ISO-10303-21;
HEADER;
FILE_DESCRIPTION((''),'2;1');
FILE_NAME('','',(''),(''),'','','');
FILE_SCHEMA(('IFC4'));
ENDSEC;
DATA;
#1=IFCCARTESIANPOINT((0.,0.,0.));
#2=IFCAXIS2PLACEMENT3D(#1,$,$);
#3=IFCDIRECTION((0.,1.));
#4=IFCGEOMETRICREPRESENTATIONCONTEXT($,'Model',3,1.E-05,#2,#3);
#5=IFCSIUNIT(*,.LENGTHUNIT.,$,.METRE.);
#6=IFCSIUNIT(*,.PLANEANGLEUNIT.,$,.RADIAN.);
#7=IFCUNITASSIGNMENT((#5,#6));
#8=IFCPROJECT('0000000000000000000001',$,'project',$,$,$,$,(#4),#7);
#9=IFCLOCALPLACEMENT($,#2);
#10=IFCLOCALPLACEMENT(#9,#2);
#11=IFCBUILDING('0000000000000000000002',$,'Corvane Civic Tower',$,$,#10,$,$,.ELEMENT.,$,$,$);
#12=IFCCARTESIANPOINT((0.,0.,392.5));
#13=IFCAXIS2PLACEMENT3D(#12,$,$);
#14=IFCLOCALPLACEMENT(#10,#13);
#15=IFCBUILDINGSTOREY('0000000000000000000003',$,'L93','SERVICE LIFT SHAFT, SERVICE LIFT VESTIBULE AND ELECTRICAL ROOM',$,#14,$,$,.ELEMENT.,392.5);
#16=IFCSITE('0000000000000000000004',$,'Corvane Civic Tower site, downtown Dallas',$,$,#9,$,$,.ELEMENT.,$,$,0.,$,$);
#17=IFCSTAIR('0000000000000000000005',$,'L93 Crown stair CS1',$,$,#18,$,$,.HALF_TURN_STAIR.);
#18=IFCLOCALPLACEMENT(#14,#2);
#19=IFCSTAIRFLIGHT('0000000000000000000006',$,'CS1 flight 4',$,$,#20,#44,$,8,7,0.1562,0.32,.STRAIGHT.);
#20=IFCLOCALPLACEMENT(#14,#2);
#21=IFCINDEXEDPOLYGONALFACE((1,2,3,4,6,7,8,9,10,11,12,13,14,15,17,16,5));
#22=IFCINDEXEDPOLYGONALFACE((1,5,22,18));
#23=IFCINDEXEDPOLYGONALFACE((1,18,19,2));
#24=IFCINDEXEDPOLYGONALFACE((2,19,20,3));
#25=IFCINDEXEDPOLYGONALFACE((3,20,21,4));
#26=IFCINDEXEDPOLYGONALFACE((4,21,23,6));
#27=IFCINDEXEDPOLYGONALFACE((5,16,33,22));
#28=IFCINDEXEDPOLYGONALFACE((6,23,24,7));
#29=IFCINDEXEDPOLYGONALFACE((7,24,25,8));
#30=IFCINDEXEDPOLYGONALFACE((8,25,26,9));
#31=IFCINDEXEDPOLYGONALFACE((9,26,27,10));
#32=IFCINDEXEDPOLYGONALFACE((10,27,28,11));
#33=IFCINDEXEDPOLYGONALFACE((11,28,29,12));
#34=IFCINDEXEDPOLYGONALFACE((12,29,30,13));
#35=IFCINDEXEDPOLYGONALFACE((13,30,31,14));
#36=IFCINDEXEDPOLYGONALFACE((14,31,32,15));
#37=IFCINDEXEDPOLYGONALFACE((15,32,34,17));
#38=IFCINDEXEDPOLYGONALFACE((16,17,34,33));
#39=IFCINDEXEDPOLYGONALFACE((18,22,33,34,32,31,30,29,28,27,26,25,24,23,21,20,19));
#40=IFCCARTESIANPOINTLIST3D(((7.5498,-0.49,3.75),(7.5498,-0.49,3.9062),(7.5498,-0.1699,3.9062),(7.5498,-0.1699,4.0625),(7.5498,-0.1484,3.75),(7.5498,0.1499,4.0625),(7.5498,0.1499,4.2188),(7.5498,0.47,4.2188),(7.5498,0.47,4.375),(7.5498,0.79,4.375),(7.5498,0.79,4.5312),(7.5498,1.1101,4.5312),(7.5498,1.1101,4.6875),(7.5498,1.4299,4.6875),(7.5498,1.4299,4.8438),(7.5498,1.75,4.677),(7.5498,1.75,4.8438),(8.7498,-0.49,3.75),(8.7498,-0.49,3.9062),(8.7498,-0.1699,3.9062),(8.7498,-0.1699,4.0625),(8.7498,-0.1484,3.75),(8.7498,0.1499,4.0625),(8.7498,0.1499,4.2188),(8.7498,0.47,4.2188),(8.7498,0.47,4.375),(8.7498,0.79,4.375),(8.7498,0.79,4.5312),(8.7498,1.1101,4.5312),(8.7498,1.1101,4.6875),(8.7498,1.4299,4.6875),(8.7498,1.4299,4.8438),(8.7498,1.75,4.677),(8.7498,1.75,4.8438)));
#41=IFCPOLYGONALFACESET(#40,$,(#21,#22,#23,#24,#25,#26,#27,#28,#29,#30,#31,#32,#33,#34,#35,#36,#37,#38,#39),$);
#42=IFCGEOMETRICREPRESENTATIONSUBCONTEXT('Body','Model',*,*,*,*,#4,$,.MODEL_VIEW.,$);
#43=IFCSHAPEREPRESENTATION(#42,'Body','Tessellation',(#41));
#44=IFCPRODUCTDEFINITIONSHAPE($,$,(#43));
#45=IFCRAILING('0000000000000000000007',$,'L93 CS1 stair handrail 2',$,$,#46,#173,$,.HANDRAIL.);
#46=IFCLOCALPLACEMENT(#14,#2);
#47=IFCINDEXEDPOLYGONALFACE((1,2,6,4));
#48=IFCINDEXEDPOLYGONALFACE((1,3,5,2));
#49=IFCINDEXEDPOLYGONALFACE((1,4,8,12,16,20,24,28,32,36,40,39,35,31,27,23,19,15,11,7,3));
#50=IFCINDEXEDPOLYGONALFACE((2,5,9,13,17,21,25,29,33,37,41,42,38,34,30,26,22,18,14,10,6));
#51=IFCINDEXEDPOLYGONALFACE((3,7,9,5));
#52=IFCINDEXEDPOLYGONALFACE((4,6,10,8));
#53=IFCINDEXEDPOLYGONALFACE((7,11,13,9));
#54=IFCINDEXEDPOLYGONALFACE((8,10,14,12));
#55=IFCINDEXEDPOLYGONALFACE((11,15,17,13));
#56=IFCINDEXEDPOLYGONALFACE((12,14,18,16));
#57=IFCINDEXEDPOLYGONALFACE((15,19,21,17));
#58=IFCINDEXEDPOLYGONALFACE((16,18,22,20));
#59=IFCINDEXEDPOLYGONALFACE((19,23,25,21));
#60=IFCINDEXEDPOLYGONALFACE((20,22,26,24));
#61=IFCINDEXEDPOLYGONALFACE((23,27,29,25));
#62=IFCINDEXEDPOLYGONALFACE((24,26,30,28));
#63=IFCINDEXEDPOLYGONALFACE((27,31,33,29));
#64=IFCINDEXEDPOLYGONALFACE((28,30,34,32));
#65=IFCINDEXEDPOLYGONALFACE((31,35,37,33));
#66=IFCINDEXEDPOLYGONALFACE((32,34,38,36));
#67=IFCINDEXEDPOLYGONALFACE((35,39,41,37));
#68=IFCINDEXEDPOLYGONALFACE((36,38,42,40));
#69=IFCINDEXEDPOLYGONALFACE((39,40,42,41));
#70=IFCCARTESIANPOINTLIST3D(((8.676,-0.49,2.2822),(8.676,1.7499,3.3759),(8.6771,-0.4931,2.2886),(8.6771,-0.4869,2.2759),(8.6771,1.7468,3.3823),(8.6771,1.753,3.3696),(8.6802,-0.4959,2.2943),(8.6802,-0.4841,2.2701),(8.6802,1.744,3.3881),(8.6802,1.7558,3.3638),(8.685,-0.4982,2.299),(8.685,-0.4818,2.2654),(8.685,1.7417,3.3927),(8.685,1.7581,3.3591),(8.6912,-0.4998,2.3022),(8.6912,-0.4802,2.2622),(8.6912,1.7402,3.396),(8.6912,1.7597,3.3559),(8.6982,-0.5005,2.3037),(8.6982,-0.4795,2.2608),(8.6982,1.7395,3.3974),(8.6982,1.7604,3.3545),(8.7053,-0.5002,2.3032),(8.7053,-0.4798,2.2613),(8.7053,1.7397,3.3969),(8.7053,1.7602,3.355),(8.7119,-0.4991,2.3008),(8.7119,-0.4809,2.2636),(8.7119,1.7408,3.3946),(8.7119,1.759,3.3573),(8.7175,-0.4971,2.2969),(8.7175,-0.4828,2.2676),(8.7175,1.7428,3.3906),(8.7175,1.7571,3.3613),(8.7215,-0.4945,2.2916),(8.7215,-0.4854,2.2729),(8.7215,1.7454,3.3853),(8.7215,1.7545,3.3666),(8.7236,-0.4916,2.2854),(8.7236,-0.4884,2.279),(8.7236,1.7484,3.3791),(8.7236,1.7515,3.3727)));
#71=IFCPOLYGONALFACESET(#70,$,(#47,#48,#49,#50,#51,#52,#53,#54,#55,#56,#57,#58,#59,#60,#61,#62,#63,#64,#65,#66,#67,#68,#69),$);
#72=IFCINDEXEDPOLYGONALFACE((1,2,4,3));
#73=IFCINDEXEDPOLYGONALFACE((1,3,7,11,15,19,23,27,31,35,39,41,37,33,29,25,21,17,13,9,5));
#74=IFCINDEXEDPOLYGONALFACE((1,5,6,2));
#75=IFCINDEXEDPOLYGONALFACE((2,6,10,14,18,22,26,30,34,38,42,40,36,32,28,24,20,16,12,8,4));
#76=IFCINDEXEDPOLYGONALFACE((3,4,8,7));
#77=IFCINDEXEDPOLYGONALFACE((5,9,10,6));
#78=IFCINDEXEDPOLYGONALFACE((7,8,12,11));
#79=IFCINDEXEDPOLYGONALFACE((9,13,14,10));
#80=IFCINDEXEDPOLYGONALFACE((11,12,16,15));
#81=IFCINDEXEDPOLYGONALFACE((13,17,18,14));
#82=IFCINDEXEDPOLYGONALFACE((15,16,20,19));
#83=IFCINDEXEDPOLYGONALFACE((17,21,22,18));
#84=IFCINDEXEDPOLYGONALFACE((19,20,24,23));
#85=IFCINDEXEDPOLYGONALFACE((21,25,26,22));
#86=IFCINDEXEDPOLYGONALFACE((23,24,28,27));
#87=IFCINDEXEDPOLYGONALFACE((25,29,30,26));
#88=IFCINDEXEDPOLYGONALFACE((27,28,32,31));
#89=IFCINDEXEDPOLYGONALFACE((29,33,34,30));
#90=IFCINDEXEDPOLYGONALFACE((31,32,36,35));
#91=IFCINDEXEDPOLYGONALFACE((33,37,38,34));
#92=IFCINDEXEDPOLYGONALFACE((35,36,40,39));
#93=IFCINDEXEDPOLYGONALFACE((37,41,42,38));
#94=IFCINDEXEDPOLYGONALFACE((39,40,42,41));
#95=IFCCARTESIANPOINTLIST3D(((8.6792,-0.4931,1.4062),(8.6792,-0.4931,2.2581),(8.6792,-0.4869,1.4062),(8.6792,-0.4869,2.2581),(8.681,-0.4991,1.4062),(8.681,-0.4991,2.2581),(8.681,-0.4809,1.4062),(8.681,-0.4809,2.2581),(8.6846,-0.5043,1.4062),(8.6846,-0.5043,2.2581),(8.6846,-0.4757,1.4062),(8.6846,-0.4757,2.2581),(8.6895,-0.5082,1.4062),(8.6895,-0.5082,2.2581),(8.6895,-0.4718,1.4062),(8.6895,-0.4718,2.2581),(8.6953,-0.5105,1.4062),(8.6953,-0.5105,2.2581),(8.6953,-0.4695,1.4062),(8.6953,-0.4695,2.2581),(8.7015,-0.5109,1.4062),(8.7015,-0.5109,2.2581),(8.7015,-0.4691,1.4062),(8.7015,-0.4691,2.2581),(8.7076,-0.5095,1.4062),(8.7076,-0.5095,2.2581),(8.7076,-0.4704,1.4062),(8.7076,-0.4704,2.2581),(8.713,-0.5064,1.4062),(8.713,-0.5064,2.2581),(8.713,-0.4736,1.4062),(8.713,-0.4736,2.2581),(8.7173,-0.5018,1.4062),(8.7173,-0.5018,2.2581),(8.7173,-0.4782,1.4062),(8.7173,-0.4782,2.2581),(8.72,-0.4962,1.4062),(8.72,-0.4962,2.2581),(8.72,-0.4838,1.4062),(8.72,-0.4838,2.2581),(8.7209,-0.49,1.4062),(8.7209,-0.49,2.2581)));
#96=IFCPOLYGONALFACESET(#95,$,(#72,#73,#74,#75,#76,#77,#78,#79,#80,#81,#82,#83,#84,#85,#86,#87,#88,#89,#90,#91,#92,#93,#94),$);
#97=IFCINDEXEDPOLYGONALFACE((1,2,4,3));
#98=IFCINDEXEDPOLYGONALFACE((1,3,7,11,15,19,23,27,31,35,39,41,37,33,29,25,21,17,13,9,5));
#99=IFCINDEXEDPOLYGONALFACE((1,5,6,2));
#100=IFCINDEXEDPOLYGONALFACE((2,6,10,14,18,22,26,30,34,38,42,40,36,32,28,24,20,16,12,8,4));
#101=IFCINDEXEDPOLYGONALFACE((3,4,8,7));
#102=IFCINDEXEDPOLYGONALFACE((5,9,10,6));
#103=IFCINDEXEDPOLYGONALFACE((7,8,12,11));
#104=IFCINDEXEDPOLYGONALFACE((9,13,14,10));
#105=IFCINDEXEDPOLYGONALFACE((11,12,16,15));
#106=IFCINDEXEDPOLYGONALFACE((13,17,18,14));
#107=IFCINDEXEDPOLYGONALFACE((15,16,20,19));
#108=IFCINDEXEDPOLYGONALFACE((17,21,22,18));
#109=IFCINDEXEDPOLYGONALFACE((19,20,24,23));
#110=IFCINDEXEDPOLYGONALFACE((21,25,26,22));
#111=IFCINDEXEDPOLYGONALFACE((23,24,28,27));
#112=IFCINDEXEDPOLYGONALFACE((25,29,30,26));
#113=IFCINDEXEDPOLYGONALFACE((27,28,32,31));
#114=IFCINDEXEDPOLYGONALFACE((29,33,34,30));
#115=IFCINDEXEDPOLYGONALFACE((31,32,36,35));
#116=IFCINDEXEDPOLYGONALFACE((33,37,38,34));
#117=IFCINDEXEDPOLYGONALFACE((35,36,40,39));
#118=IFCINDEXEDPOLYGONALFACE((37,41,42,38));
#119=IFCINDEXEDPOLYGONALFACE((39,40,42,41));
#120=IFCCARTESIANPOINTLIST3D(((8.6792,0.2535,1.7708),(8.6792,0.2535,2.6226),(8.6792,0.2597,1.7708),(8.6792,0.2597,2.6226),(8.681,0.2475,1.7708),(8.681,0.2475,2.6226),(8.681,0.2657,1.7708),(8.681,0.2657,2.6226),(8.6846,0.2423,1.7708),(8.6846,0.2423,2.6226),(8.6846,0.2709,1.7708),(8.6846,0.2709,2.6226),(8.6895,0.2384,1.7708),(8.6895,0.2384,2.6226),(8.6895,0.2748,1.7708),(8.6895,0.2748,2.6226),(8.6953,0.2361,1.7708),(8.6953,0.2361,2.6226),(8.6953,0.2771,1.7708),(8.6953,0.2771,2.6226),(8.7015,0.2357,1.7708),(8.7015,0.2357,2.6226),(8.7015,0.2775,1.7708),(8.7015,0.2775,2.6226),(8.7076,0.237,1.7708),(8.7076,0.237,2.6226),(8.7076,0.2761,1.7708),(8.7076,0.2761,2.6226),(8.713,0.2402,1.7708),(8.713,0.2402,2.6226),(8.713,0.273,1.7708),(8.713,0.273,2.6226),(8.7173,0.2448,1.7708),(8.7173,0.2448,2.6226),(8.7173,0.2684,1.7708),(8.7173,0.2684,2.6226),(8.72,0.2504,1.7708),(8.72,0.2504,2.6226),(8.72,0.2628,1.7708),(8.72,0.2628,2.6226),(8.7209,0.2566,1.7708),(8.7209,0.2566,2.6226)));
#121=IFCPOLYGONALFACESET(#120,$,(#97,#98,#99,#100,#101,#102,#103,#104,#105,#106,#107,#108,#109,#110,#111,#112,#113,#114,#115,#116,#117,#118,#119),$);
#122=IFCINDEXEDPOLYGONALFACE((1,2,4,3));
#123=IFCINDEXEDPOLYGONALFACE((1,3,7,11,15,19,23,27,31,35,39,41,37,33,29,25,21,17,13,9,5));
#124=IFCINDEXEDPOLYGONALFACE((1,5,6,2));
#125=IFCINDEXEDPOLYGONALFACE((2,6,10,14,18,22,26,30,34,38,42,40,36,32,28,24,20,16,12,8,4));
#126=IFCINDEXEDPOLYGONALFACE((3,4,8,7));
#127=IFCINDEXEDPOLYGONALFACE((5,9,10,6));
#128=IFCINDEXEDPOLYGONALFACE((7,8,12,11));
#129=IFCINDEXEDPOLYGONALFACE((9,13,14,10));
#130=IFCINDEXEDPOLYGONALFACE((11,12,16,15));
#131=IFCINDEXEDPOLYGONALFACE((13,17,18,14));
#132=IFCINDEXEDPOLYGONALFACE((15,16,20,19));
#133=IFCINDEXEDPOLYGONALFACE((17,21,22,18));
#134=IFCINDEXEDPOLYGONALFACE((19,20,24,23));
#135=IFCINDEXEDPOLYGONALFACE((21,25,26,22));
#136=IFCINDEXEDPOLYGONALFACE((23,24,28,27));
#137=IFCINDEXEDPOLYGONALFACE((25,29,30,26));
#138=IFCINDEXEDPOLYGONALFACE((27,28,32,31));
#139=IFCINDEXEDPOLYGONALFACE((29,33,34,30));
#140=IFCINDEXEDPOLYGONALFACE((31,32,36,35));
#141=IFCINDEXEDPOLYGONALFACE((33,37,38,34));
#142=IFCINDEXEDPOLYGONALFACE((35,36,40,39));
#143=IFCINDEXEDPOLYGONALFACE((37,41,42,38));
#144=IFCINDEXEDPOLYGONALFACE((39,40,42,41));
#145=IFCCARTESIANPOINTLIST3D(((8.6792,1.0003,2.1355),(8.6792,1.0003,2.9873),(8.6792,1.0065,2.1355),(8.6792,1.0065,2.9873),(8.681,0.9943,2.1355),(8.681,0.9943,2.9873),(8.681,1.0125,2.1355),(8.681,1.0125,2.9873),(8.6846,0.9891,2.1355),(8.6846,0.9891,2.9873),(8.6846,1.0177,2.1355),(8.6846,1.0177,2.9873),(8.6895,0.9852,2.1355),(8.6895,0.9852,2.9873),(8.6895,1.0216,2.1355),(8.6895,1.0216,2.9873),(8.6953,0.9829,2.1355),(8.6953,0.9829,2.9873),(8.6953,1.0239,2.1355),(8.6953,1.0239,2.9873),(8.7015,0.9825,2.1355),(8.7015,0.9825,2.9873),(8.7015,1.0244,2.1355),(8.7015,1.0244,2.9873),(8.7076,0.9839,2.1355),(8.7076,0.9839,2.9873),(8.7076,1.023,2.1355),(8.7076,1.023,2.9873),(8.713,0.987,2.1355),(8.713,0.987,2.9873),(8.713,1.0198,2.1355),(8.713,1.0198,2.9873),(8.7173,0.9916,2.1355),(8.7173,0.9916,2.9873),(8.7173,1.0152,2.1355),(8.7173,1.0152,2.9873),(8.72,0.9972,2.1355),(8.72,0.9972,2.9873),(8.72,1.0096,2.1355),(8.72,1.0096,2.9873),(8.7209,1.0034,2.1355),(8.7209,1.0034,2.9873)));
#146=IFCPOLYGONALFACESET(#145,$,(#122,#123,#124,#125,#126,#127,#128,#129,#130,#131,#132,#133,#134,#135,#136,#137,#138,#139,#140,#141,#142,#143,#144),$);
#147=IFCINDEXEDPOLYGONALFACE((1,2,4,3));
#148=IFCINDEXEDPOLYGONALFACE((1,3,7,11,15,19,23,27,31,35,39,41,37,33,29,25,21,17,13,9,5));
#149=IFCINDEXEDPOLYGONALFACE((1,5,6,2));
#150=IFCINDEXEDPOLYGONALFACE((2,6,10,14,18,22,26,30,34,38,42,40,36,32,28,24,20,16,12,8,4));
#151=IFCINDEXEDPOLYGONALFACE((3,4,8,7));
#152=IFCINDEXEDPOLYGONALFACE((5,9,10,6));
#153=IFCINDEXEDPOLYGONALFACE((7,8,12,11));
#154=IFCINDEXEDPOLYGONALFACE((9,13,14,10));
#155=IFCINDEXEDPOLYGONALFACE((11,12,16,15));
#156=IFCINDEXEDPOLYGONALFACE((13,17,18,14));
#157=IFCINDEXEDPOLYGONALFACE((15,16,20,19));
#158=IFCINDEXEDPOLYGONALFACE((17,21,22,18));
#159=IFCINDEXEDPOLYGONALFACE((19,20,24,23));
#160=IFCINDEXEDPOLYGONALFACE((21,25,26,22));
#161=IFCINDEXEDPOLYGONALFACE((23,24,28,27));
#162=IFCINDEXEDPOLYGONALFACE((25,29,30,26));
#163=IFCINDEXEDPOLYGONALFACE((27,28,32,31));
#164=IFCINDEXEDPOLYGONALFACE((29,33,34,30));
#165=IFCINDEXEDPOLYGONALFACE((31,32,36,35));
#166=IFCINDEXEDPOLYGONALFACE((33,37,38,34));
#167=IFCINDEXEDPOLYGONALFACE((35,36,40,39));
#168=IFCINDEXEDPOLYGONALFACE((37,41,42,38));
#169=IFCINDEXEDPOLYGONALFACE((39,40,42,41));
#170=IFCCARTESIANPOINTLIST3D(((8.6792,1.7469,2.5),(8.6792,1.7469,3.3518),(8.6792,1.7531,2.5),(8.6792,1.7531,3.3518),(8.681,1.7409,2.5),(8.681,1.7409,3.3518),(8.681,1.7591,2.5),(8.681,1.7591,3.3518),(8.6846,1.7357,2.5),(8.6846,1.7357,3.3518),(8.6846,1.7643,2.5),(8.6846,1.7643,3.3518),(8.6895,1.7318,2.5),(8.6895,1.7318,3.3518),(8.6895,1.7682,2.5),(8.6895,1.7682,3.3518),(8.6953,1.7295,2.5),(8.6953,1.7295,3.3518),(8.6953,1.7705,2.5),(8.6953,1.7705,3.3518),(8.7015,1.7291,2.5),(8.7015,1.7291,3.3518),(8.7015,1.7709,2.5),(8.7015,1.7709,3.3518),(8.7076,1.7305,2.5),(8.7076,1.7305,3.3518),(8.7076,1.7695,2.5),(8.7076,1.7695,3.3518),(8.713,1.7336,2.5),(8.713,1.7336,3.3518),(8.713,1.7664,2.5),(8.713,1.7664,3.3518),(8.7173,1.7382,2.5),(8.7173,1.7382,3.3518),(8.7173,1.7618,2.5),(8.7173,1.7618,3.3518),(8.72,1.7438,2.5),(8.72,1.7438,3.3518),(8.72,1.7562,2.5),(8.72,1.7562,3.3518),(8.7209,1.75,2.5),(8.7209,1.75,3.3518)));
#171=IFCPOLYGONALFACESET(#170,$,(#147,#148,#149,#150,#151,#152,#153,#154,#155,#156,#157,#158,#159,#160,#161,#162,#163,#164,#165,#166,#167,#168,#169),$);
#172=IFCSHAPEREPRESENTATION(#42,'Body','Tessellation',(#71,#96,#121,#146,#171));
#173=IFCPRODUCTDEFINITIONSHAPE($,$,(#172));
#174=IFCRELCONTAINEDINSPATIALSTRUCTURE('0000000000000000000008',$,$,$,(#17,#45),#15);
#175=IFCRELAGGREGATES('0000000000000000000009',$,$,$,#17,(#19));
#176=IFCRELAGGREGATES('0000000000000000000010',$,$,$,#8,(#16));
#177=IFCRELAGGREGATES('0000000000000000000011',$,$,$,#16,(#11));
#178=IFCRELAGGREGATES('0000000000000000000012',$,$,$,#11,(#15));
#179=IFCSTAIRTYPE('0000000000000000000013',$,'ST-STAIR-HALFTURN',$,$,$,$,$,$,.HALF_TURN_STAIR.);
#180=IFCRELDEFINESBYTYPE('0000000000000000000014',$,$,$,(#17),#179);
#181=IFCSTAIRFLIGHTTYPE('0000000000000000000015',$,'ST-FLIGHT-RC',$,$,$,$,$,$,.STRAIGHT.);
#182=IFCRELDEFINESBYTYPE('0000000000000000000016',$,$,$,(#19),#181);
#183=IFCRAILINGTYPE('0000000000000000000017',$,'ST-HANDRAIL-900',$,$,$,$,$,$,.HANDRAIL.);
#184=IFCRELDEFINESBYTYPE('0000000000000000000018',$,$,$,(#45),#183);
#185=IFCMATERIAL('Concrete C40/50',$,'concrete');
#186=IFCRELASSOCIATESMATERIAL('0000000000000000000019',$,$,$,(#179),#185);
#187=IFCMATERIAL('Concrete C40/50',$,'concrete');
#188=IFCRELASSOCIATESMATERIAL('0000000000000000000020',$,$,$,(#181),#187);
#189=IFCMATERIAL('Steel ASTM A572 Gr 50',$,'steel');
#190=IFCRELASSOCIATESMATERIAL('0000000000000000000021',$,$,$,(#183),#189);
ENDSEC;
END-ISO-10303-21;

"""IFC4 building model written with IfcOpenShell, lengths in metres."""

from ifc_helpers import new_model, si_unit, direction, frame, origin, origin_2d, place, context, subcontext, project, spatial, polyline, circle, outline, extrude, material, type_object, element, aggregate, save


model = new_model("IFC4")

# Units and contexts
model_context = context("Model", 3, precision=1e-05, world=origin(), true_north=direction((0.0, 1.0)))
body_context = subcontext(model_context, "Body", "Model", "MODEL_VIEW")
ifc_project = project(units=[si_unit("LENGTHUNIT", "METRE"), si_unit("PLANEANGLEUNIT", "RADIAN")], contexts=[model_context])

# Site, building, storey
site_placement = place(None, origin())
site = spatial("IfcSite", under=ifc_project, at=site_placement, Name="Corvane Civic Tower site, downtown Dallas", CompositionType="ELEMENT", RefElevation=0.0)
building_placement = place(site_placement, origin())
building = spatial("IfcBuilding", under=site, at=building_placement, Name="Corvane Civic Tower", CompositionType="ELEMENT")
storey_placement = place(building_placement, frame((0.0, 0.0, 392.5)))
storey = spatial("IfcBuildingStorey", under=building, at=storey_placement, Name="L93", Description="SERVICE LIFT SHAFT, SERVICE LIFT VESTIBULE AND ELECTRICAL ROOM", CompositionType="ELEMENT", Elevation=392.5)

# Stair, stair flight
ifc_material_1 = material(Name="Concrete C40/50", Category="concrete")
stair_type = type_object("IfcStairType", Name="ST-STAIR-HALFTURN", PredefinedType="HALF_TURN_STAIR", material=ifc_material_1)
stair_placement = place(storey_placement, origin())
stair = element("IfcStair", 1, at=stair_placement, inside=storey, type_object=stair_type, Name="L93 Crown stair CS1", PredefinedType="HALF_TURN_STAIR")
ifc_material_2 = material(Name="Concrete C40/50", Category="concrete")
stair_flight_type = type_object("IfcStairFlightType", Name="ST-FLIGHT-RC", PredefinedType="STRAIGHT", material=ifc_material_2)
stair_flight_1_placement = place(storey_placement, frame((8.1499, -0.49, 3.75), z_axis=(0.0, 0.0, 1.0), x_axis=(0.0, 1.0, 0.0)))
stair_flight_1 = element("IfcStairFlight", 2, at=stair_flight_1_placement, type_object=stair_flight_type, Name="CS1 flight 4", NumberOfRisers=8, NumberOfTreads=7, PredefinedType="STRAIGHT", RiserHeight=0.1562, TreadLength=0.32, context=body_context, shape_type="SweptSolid", body=[
    extrude(outline(polyline([(0.0, 0.0), (0.0, 0.1562), (0.3201, 0.1562), (0.3201, 0.3125), (0.6399, 0.3125), (0.6399, 0.4688), (0.96, 0.4688), (0.96, 0.625), (1.28, 0.625), (1.28, 0.7812), (1.6001, 0.7812), (1.6001, 0.9375), (1.9199, 0.9375), (1.9199, 1.0938), (2.24, 1.0938), (2.24, 1.25), (2.24, 0.927), (0.3416, 0.0), (0.0, 0.0)])), frame((0.0, 0.6001, 0.0), z_axis=(0.0, -1.0, 0.0), x_axis=(1.0, 0.0, 0.0)), (0.0, 0.0, 1.0), 1.2),
])
aggregate(stair, [stair_flight_1])

# Railing
ifc_material_3 = material(Name="Steel ASTM A572 Gr 50", Category="steel")
railing_type_1 = type_object("IfcRailingType", Name="ST-HANDRAIL-900", PredefinedType="HANDRAIL", material=ifc_material_3)
for number, where, name in (
    (3, (8.7, -0.49, 1.4062), "L93 CS1 stair handrail 2"),
):
    element("IfcRailing", number, at=place(storey_placement, frame(where)), inside=storey, type_object=railing_type_1, Name=name, PredefinedType="HANDRAIL", context=body_context, shape_type="SweptSolid", body=[
        extrude(circle(Radius=0.0239, at=origin_2d()), frame((0.0, 0.0, 0.876), z_axis=(0.0, 0.898599, 0.438771), x_axis=(-1.0, 0.0, 0.0)), (0.0, 0.0, 1.0), 2.4927),
        extrude(circle(Radius=0.021, at=origin_2d()), origin(), (0.0, 0.0, 1.0), 0.8518),
        extrude(circle(Radius=0.021, at=origin_2d()), frame((0.0, 0.7466, 0.3645)), (0.0, 0.0, 1.0), 0.8518),
        extrude(circle(Radius=0.021, at=origin_2d()), frame((0.0, 1.4934, 0.7292)), (0.0, 0.0, 1.0), 0.8518),
        extrude(circle(Radius=0.021, at=origin_2d()), frame((0.0, 2.24, 1.0938)), (0.0, 0.0, 1.0), 0.8518),
    ])

save(model, "model.ifc")
